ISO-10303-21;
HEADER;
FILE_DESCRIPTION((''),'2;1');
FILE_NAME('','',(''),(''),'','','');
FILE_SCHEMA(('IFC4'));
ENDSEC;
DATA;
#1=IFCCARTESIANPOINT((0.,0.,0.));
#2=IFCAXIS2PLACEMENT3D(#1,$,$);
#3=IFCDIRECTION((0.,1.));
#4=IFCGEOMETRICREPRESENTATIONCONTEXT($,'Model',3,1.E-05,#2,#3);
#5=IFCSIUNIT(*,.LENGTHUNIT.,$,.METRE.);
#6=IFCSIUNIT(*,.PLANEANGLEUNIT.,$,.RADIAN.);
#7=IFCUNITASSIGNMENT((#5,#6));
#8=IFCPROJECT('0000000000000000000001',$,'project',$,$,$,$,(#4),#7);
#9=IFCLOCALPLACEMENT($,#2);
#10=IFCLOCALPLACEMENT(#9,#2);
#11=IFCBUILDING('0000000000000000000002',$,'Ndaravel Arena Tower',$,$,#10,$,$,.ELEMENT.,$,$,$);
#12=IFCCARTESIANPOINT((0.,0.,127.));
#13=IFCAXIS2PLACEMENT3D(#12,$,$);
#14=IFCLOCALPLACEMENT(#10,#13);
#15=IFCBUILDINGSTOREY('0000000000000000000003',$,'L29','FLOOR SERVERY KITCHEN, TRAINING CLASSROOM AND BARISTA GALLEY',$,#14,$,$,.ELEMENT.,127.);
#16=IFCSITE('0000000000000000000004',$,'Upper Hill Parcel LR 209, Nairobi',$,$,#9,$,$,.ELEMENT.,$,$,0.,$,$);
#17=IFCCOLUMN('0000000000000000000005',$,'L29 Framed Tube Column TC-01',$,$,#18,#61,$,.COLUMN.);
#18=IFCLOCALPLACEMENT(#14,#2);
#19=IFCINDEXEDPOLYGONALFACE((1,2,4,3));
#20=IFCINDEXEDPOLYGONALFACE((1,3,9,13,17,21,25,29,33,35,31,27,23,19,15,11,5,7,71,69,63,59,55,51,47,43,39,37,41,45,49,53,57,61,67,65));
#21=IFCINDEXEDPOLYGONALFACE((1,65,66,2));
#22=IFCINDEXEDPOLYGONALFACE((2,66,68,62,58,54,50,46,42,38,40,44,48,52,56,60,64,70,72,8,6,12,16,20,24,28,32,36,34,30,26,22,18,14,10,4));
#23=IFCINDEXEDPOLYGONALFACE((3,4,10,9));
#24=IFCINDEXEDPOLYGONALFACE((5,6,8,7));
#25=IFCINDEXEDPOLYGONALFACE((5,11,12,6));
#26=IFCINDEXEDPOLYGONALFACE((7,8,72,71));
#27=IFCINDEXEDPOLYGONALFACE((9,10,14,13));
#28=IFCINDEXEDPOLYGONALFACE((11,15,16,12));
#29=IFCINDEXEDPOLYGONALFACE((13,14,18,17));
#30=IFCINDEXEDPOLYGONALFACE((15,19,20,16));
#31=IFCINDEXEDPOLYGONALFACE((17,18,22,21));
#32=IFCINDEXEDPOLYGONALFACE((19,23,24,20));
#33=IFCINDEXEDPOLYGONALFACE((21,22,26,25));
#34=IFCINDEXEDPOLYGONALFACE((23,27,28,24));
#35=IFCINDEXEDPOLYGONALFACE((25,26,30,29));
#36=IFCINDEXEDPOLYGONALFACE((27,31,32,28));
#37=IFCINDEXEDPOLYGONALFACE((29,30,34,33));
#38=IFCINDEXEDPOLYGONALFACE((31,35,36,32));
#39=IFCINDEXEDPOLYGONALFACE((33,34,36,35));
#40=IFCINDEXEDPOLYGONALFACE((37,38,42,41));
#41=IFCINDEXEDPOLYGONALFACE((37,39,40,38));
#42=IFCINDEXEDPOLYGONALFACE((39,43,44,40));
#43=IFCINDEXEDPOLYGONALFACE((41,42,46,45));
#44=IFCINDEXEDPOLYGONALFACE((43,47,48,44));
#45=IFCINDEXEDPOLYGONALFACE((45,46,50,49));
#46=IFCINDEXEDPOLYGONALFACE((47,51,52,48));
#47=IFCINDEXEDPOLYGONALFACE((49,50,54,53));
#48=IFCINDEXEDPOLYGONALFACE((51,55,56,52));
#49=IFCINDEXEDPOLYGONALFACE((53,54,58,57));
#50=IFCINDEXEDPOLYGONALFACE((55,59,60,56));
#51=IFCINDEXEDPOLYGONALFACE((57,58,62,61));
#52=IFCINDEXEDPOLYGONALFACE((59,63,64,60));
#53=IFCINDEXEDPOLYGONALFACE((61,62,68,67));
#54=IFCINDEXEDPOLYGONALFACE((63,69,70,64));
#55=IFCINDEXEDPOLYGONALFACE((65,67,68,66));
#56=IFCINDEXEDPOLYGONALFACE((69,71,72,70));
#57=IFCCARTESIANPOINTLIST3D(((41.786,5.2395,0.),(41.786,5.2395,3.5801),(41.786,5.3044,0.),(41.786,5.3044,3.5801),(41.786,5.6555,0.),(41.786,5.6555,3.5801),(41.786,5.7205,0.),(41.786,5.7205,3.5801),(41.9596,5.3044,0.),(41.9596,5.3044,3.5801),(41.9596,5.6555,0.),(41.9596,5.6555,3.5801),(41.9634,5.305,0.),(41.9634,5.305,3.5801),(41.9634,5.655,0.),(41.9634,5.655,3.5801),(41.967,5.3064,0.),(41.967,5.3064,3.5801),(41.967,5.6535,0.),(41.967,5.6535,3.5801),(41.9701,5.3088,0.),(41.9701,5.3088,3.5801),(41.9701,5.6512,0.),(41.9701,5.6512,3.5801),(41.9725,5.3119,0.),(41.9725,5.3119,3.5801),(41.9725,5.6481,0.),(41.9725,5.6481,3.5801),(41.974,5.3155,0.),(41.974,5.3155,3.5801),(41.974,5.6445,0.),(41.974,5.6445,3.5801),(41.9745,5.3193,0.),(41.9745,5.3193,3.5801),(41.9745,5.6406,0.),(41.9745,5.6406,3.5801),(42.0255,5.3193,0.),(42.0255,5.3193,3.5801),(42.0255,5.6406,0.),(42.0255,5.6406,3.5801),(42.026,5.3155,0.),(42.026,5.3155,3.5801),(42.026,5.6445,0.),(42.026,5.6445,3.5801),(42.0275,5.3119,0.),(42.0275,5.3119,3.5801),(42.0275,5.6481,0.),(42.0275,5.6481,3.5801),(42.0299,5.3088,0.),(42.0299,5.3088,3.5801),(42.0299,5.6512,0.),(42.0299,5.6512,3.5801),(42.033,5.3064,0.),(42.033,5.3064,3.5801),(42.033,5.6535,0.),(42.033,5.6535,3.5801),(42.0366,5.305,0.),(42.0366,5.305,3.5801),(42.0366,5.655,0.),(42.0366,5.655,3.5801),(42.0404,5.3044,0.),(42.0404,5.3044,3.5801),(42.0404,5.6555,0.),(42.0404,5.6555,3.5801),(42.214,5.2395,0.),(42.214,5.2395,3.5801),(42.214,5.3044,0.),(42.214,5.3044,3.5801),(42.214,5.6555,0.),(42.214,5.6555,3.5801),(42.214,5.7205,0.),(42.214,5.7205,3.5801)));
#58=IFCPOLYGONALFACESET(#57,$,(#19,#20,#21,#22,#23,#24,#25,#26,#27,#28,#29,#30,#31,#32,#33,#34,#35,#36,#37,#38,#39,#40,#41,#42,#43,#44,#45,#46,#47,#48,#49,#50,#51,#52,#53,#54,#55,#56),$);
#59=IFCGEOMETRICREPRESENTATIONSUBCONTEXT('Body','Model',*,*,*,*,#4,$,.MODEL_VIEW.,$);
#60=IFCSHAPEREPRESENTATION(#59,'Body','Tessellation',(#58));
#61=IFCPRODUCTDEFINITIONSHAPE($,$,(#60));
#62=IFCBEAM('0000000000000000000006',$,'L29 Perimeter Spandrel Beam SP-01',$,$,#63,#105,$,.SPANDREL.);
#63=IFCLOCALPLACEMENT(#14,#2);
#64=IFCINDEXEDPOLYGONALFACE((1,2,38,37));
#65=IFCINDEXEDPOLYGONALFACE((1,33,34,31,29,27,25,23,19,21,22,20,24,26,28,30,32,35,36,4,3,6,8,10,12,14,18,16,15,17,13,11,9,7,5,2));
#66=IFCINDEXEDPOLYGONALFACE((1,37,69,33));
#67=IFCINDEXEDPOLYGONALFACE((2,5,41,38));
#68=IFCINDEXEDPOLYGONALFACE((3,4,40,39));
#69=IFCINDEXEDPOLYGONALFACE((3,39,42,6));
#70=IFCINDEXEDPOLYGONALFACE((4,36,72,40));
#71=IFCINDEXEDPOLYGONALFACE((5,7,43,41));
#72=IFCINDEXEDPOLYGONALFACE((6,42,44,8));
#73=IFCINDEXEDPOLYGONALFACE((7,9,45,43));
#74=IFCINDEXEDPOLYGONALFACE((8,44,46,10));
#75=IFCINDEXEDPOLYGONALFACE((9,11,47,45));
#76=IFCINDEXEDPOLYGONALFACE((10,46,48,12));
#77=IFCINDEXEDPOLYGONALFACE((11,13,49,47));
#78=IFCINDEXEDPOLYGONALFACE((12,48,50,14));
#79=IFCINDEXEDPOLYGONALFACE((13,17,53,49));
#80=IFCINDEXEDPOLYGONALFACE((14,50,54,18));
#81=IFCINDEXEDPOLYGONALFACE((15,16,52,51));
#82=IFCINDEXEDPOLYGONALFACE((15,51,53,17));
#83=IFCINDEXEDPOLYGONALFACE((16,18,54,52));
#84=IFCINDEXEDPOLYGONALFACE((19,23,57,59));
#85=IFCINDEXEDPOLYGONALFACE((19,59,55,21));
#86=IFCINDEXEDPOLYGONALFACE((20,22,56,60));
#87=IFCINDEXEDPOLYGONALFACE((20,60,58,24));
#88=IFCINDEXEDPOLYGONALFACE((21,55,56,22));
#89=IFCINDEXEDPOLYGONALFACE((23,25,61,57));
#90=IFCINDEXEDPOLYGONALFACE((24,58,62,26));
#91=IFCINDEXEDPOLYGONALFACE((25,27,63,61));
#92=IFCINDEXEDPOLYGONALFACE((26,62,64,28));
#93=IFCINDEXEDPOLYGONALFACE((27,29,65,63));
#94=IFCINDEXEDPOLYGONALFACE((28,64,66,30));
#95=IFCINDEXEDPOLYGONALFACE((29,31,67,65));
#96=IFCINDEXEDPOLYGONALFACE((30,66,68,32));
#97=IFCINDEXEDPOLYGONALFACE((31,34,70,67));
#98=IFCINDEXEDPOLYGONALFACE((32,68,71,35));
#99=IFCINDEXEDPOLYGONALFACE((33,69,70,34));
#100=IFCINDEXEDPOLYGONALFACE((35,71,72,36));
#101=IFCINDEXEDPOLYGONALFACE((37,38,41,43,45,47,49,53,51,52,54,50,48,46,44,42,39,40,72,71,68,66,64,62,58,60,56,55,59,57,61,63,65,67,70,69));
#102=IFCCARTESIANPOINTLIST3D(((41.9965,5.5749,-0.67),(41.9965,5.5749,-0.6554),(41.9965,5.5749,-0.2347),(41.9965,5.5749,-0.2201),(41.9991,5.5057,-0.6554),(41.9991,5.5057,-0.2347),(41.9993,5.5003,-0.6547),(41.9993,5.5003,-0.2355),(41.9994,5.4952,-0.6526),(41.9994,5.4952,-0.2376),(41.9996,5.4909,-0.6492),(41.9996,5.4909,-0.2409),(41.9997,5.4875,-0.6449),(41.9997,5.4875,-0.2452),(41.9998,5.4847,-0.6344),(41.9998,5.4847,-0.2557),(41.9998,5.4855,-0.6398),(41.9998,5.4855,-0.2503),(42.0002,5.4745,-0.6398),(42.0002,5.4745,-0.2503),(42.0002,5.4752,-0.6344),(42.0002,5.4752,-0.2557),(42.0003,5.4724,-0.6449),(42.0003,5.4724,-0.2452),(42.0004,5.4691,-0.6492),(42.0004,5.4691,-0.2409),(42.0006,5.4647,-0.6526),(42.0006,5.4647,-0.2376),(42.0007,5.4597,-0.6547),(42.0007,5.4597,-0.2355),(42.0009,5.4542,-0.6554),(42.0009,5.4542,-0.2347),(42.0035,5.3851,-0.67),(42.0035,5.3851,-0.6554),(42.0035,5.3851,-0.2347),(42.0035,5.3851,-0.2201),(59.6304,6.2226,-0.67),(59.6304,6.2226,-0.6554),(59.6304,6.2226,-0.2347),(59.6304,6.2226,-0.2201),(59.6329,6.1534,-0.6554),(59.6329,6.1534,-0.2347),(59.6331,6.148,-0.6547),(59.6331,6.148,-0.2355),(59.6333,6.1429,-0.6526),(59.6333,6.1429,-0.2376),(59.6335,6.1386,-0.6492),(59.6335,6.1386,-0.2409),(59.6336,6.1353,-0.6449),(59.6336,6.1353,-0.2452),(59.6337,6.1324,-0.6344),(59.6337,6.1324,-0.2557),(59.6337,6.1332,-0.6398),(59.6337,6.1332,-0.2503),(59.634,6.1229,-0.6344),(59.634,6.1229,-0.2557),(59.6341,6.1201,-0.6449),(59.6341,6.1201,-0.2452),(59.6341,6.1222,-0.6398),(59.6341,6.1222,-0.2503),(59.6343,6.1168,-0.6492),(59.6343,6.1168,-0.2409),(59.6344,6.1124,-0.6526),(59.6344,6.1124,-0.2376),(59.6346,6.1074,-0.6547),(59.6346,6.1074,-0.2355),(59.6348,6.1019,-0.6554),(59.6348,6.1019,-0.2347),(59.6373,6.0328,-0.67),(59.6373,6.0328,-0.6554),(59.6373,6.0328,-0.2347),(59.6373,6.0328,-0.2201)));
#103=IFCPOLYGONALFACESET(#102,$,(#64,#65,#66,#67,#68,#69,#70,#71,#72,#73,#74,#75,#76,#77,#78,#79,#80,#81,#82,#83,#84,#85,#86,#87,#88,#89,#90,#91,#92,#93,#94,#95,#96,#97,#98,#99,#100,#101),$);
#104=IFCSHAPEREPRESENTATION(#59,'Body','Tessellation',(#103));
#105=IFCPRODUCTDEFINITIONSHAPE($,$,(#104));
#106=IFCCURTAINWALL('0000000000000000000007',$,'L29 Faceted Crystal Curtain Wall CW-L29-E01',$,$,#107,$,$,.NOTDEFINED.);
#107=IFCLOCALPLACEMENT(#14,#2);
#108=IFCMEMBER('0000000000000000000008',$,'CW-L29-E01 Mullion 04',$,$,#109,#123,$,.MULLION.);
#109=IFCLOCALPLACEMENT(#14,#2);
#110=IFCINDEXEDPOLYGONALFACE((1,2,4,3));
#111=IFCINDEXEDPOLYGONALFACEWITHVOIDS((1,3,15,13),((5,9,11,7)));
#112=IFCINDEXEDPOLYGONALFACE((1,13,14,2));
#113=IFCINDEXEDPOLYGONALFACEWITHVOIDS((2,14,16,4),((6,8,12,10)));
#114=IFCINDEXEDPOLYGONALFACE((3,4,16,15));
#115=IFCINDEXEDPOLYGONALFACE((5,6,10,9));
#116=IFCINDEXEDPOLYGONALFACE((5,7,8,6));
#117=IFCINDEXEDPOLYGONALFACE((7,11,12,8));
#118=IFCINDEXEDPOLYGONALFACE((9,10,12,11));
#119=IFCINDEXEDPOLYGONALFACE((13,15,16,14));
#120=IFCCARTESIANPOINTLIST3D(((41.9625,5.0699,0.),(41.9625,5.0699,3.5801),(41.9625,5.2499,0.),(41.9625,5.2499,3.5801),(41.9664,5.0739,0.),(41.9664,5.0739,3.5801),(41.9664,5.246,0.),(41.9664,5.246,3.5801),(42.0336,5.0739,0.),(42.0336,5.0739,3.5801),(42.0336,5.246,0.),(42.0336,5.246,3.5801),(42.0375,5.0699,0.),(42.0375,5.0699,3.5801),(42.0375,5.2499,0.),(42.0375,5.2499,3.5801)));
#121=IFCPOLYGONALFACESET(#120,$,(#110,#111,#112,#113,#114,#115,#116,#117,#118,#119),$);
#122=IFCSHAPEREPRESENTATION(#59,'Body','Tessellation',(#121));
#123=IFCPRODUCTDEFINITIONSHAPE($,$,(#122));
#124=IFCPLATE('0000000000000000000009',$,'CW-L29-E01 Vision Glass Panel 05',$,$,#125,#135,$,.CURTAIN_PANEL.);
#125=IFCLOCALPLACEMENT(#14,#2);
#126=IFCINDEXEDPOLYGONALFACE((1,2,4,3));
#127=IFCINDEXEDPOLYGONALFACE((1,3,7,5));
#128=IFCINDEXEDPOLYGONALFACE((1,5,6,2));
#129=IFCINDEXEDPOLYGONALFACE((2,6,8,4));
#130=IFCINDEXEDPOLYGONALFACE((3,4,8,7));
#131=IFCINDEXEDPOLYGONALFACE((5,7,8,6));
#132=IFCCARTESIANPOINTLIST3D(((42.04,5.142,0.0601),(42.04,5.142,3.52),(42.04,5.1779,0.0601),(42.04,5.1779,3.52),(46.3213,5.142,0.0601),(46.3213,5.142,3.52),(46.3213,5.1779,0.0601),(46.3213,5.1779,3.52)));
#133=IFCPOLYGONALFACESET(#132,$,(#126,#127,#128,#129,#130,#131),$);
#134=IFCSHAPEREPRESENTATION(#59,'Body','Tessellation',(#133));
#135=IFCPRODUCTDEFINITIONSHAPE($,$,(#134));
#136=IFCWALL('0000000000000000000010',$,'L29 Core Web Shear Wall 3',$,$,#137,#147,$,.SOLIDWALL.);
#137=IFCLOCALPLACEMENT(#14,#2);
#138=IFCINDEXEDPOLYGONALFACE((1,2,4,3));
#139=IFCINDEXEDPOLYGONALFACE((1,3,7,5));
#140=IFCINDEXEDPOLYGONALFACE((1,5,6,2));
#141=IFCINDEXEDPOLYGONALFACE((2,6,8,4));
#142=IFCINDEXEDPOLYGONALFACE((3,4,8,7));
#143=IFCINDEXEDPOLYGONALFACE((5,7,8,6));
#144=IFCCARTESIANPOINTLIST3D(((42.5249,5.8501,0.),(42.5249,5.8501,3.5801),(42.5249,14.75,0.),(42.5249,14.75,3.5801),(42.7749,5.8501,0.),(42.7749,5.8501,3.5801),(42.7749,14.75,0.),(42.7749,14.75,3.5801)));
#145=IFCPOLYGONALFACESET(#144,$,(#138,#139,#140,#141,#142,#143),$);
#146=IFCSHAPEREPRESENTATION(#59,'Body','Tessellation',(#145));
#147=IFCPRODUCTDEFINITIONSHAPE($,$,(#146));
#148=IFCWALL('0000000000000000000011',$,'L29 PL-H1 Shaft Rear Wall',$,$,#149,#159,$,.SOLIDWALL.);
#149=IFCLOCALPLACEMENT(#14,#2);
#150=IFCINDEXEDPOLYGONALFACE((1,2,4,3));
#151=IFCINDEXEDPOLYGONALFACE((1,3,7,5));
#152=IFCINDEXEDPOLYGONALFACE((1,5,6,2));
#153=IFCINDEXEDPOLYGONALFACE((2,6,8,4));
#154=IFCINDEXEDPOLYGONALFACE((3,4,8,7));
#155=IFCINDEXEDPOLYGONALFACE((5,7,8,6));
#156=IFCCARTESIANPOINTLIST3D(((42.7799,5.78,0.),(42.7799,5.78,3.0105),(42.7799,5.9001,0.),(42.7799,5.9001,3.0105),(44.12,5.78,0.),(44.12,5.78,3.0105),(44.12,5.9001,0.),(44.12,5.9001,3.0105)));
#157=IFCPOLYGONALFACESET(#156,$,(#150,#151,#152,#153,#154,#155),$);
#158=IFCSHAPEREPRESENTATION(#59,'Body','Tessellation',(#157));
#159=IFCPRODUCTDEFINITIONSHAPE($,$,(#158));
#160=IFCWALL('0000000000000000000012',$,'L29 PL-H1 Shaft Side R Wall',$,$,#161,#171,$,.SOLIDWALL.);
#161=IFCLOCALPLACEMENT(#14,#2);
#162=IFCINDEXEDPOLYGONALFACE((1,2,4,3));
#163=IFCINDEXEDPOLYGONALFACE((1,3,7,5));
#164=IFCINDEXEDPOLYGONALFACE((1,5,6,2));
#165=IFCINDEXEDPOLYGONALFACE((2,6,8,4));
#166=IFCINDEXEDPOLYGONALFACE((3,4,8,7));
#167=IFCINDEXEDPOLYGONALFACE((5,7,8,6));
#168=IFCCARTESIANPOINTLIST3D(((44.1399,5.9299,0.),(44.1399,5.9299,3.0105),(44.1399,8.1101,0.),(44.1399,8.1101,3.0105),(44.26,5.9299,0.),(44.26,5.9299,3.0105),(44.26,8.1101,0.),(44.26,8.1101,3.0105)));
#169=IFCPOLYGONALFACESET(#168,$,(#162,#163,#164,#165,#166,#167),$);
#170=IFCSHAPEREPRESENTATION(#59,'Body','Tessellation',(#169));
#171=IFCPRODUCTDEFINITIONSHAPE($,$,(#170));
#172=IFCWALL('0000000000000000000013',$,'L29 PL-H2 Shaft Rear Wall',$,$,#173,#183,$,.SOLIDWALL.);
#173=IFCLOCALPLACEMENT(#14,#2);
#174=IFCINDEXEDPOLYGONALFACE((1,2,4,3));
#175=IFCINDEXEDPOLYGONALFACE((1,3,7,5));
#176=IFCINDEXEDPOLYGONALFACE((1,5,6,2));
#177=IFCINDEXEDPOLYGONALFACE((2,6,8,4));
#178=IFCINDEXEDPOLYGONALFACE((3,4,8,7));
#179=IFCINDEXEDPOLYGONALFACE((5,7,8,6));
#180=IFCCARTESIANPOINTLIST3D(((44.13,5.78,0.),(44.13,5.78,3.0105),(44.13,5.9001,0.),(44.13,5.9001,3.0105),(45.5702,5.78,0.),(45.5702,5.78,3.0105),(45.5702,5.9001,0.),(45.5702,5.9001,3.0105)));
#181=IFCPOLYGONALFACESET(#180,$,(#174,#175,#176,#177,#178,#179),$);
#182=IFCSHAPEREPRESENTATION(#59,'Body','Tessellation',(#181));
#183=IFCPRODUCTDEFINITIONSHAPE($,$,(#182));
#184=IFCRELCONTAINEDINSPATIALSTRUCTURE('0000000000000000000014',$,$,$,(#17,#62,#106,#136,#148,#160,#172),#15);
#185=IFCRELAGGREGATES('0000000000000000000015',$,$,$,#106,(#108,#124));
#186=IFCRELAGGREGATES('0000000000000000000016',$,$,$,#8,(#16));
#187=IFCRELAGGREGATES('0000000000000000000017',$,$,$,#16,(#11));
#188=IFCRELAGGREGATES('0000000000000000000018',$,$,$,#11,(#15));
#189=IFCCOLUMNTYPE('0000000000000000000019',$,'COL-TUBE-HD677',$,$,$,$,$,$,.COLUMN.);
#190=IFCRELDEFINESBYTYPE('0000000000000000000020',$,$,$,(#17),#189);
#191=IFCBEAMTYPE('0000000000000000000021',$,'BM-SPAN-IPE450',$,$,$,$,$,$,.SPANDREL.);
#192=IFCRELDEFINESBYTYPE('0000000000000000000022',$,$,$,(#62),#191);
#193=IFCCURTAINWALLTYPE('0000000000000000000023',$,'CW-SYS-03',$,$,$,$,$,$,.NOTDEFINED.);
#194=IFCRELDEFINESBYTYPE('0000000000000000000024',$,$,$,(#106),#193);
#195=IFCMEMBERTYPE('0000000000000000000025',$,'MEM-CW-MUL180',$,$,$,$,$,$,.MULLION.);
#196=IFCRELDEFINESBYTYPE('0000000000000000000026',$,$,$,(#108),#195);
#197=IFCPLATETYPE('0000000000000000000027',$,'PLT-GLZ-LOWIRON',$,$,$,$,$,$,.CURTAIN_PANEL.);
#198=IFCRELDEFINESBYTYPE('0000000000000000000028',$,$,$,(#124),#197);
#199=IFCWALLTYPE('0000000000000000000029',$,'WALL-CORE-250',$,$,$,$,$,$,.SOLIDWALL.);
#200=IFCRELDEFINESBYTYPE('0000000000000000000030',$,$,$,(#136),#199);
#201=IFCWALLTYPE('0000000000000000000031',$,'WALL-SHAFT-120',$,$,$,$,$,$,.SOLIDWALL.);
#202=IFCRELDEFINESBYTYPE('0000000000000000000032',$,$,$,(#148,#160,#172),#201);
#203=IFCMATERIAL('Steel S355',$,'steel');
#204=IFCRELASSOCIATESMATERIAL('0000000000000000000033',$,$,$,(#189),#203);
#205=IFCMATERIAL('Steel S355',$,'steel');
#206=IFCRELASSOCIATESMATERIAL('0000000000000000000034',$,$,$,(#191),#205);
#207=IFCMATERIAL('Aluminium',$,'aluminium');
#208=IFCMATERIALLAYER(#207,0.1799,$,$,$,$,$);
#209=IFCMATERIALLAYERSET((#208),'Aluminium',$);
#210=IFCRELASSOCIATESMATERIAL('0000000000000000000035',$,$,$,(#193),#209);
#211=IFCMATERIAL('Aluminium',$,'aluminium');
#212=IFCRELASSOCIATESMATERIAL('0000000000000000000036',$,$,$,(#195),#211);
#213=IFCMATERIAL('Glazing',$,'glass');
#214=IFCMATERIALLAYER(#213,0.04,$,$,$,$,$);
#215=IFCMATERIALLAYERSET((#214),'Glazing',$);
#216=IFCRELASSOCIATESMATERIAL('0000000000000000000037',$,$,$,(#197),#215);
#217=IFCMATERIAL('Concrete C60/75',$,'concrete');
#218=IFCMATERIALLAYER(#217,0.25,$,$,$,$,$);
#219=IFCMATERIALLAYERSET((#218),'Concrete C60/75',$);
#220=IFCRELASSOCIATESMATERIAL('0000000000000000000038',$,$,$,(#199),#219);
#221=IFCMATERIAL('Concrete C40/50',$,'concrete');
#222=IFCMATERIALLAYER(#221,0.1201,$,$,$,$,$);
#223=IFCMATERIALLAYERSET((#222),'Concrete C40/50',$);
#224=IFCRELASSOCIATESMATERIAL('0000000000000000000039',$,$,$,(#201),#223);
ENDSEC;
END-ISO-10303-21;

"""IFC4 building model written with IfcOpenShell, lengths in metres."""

from ifc_helpers import new_model, si_unit, direction, frame, frame_2d, origin, origin_2d, place, context, subcontext, project, spatial, rectangle, hollow_rectangle, i_section, extrude, material, layer, layer_set, material_profile, profile_set, type_object, element, aggregate, save


model = new_model("IFC4")

# Units and contexts
model_context = context("Model", 3, precision=1e-05, world=origin(), true_north=direction((0.0, 1.0)))
body_context = subcontext(model_context, "Body", "Model", "MODEL_VIEW")
ifc_project = project(units=[si_unit("LENGTHUNIT", "METRE"), si_unit("PLANEANGLEUNIT", "RADIAN")], contexts=[model_context])

# Site, building, storey
site_placement = place(None, origin())
site = spatial("IfcSite", under=ifc_project, at=site_placement, Name="Upper Hill Parcel LR 209, Nairobi", CompositionType="ELEMENT", RefElevation=0.0)
building_placement = place(site_placement, origin())
building = spatial("IfcBuilding", under=site, at=building_placement, Name="Ndaravel Arena Tower", CompositionType="ELEMENT")
storey_placement = place(building_placement, frame((0.0, 0.0, 127.0)))
storey = spatial("IfcBuildingStorey", under=building, at=storey_placement, Name="L29", Description="FLOOR SERVERY KITCHEN, TRAINING CLASSROOM AND BARISTA GALLEY", CompositionType="ELEMENT", Elevation=127.0)

# Column
ifc_material_1 = material(Name="Steel S355", Category="steel")
ifc_material_profile_1 = material_profile(ifc_material_1, i_section(OverallWidth=0.428, OverallDepth=0.481, WebThickness=0.051, FlangeThickness=0.0649, FilletRadius=0.0149, at=origin_2d()), Name="HD 400x677")
ifc_profile_set_1 = profile_set([ifc_material_profile_1], Name="Steel S355")
column_type = type_object("IfcColumnType", Name="COL-TUBE-HD677", PredefinedType="COLUMN", material=ifc_profile_set_1)
column_placement = place(storey_placement, frame((42.0, 5.48, 0.0), z_axis=(0.0, 0.0, 1.0), x_axis=(1.0, 0.0, 0.0)))
element("IfcColumn", 1, at=column_placement, inside=storey, type_object=column_type, Name="L29 Framed Tube Column TC-01", PredefinedType="COLUMN", context=body_context, shape_type="SweptSolid", body=[
    extrude(i_section(OverallWidth=0.428, OverallDepth=0.481, WebThickness=0.051, FlangeThickness=0.0649, FilletRadius=0.0149, at=origin_2d()), origin(), (0.0, 0.0, 1.0), 3.5801),
])

# Beam
ifc_material_2 = material(Name="Steel S355", Category="steel")
ifc_material_profile_2 = material_profile(ifc_material_2, i_section(OverallWidth=0.1899, OverallDepth=0.45, WebThickness=0.0095, FlangeThickness=0.0146, FilletRadius=0.021, at=origin_2d()), Name="IPE 450")
ifc_profile_set_2 = profile_set([ifc_material_profile_2], Name="Steel S355")
beam_type = type_object("IfcBeamType", Name="BM-SPAN-IPE450", PredefinedType="SPANDREL", material=ifc_profile_set_2)
beam_placement = place(storey_placement, frame((42.0, 5.48, -0.4451), z_axis=(0.999326, 0.036706, 0.0), x_axis=(-0.036706, 0.999326, 0.0)))
element("IfcBeam", 2, at=beam_placement, inside=storey, type_object=beam_type, Name="L29 Perimeter Spandrel Beam SP-01", PredefinedType="SPANDREL", context=body_context, shape_type="SweptSolid", body=[
    extrude(i_section(OverallWidth=0.1899, OverallDepth=0.45, WebThickness=0.0095, FlangeThickness=0.0146, FilletRadius=0.021, at=origin_2d()), origin(), (0.0, 0.0, 1.0), 17.6458),
])

# Curtain wall, member, plate
ifc_material_3 = material(Name="Aluminium", Category="aluminium")
ifc_layer_1 = layer(ifc_material_3, 0.1799)
ifc_layer_set_1 = layer_set([ifc_layer_1], Name="Aluminium")
curtain_wall_type = type_object("IfcCurtainWallType", Name="CW-SYS-03", PredefinedType="NOTDEFINED", material=ifc_layer_set_1)
curtain_wall_placement = place(storey_placement, origin())
curtain_wall = element("IfcCurtainWall", 3, at=curtain_wall_placement, inside=storey, type_object=curtain_wall_type, Name="L29 Faceted Crystal Curtain Wall CW-L29-E01", PredefinedType="NOTDEFINED")
ifc_material_4 = material(Name="Aluminium", Category="aluminium")
ifc_material_profile_3 = material_profile(ifc_material_4, hollow_rectangle(XDim=0.075, YDim=0.1799, WallThickness=0.0039, at=origin_2d()), Name="CW MULLION 75x180x4")
ifc_profile_set_3 = profile_set([ifc_material_profile_3], Name="Aluminium")
member_type = type_object("IfcMemberType", Name="MEM-CW-MUL180", PredefinedType="MULLION", material=ifc_profile_set_3)
member_placement = place(storey_placement, frame((42.0, 5.1599, 0.0), z_axis=(0.0, 0.0, 1.0), x_axis=(1.0, 0.0, 0.0)))
member = element("IfcMember", 4, at=member_placement, type_object=member_type, Name="CW-L29-E01 Mullion 04", PredefinedType="MULLION", context=body_context, shape_type="SweptSolid", body=[
    extrude(hollow_rectangle(XDim=0.075, YDim=0.1799, WallThickness=0.0039, at=origin_2d()), origin(), (0.0, 0.0, 1.0), 3.5801),
])
ifc_material_5 = material(Name="Glazing", Category="glass")
ifc_layer_2 = layer(ifc_material_5, 0.04)
ifc_layer_set_2 = layer_set([ifc_layer_2], Name="Glazing")
plate_type = type_object("IfcPlateType", Name="PLT-GLZ-LOWIRON", PredefinedType="CURTAIN_PANEL", material=ifc_layer_set_2)
plate_placement = place(storey_placement, frame((44.1807, 5.1599, 0.0601), z_axis=(0.0, 0.0, 1.0), x_axis=(1.0, 0.0, 0.0)))
plate = element("IfcPlate", 5, at=plate_placement, type_object=plate_type, Name="CW-L29-E01 Vision Glass Panel 05", PredefinedType="CURTAIN_PANEL", context=body_context, shape_type="SweptSolid", body=[
    extrude(rectangle(XDim=4.2812, YDim=0.0359, at=origin_2d()), origin(), (0.0, 0.0, 1.0), 3.46),
])
aggregate(curtain_wall, [member, plate])

# Walls
ifc_material_6 = material(Name="Concrete C60/75", Category="concrete")
ifc_layer_3 = layer(ifc_material_6, 0.25)
ifc_layer_set_3 = layer_set([ifc_layer_3], Name="Concrete C60/75")
wall_type_1 = type_object("IfcWallType", Name="WALL-CORE-250", PredefinedType="SOLIDWALL", material=ifc_layer_set_3)
wall_1_placement = place(storey_placement, frame((42.6499, 5.8501, 0.0), z_axis=(0.0, 0.0, 1.0), x_axis=(0.0, 1.0, 0.0)))
element("IfcWall", 6, at=wall_1_placement, inside=storey, type_object=wall_type_1, Name="L29 Core Web Shear Wall 3", PredefinedType="SOLIDWALL", context=body_context, shape_type="SweptSolid", body=[
    extrude(rectangle(XDim=8.8999, YDim=0.25, at=frame_2d((4.45, 0.0))), origin(), (0.0, 0.0, 1.0), 3.5801),
])
ifc_material_7 = material(Name="Concrete C40/50", Category="concrete")
ifc_layer_4 = layer(ifc_material_7, 0.1201)
ifc_layer_set_4 = layer_set([ifc_layer_4], Name="Concrete C40/50")
wall_type_2 = type_object("IfcWallType", Name="WALL-SHAFT-120", PredefinedType="SOLIDWALL", material=ifc_layer_set_4)
wall_2_placement = place(storey_placement, frame((42.78, 5.8401, 0.0), z_axis=(0.0, 0.0, 1.0), x_axis=(1.0, 0.0, 0.0)))
element("IfcWall", 7, at=wall_2_placement, inside=storey, type_object=wall_type_2, Name="L29 PL-H1 Shaft Rear Wall", PredefinedType="SOLIDWALL", context=body_context, shape_type="SweptSolid", body=[
    extrude(rectangle(XDim=1.3401, YDim=0.1201, at=frame_2d((0.6699, 0.0))), origin(), (0.0, 0.0, 1.0), 3.0105),
])
wall_3_placement = place(storey_placement, frame((44.2, 5.9299, 0.0), z_axis=(0.0, 0.0, 1.0), x_axis=(0.0, 1.0, 0.0)))
element("IfcWall", 8, at=wall_3_placement, inside=storey, type_object=wall_type_2, Name="L29 PL-H1 Shaft Side R Wall", PredefinedType="SOLIDWALL", context=body_context, shape_type="SweptSolid", body=[
    extrude(rectangle(XDim=2.1802, YDim=0.1201, at=frame_2d((1.0901, 0.0))), origin(), (0.0, 0.0, 1.0), 3.0105),
])
wall_4_placement = place(storey_placement, frame((44.1299, 5.8401, 0.0), z_axis=(0.0, 0.0, 1.0), x_axis=(1.0, 0.0, 0.0)))
element("IfcWall", 9, at=wall_4_placement, inside=storey, type_object=wall_type_2, Name="L29 PL-H2 Shaft Rear Wall", PredefinedType="SOLIDWALL", context=body_context, shape_type="SweptSolid", body=[
    extrude(rectangle(XDim=1.4402, YDim=0.1201, at=frame_2d((0.7202, 0.0))), origin(), (0.0, 0.0, 1.0), 3.0105),
])

save(model, "model.ifc")
